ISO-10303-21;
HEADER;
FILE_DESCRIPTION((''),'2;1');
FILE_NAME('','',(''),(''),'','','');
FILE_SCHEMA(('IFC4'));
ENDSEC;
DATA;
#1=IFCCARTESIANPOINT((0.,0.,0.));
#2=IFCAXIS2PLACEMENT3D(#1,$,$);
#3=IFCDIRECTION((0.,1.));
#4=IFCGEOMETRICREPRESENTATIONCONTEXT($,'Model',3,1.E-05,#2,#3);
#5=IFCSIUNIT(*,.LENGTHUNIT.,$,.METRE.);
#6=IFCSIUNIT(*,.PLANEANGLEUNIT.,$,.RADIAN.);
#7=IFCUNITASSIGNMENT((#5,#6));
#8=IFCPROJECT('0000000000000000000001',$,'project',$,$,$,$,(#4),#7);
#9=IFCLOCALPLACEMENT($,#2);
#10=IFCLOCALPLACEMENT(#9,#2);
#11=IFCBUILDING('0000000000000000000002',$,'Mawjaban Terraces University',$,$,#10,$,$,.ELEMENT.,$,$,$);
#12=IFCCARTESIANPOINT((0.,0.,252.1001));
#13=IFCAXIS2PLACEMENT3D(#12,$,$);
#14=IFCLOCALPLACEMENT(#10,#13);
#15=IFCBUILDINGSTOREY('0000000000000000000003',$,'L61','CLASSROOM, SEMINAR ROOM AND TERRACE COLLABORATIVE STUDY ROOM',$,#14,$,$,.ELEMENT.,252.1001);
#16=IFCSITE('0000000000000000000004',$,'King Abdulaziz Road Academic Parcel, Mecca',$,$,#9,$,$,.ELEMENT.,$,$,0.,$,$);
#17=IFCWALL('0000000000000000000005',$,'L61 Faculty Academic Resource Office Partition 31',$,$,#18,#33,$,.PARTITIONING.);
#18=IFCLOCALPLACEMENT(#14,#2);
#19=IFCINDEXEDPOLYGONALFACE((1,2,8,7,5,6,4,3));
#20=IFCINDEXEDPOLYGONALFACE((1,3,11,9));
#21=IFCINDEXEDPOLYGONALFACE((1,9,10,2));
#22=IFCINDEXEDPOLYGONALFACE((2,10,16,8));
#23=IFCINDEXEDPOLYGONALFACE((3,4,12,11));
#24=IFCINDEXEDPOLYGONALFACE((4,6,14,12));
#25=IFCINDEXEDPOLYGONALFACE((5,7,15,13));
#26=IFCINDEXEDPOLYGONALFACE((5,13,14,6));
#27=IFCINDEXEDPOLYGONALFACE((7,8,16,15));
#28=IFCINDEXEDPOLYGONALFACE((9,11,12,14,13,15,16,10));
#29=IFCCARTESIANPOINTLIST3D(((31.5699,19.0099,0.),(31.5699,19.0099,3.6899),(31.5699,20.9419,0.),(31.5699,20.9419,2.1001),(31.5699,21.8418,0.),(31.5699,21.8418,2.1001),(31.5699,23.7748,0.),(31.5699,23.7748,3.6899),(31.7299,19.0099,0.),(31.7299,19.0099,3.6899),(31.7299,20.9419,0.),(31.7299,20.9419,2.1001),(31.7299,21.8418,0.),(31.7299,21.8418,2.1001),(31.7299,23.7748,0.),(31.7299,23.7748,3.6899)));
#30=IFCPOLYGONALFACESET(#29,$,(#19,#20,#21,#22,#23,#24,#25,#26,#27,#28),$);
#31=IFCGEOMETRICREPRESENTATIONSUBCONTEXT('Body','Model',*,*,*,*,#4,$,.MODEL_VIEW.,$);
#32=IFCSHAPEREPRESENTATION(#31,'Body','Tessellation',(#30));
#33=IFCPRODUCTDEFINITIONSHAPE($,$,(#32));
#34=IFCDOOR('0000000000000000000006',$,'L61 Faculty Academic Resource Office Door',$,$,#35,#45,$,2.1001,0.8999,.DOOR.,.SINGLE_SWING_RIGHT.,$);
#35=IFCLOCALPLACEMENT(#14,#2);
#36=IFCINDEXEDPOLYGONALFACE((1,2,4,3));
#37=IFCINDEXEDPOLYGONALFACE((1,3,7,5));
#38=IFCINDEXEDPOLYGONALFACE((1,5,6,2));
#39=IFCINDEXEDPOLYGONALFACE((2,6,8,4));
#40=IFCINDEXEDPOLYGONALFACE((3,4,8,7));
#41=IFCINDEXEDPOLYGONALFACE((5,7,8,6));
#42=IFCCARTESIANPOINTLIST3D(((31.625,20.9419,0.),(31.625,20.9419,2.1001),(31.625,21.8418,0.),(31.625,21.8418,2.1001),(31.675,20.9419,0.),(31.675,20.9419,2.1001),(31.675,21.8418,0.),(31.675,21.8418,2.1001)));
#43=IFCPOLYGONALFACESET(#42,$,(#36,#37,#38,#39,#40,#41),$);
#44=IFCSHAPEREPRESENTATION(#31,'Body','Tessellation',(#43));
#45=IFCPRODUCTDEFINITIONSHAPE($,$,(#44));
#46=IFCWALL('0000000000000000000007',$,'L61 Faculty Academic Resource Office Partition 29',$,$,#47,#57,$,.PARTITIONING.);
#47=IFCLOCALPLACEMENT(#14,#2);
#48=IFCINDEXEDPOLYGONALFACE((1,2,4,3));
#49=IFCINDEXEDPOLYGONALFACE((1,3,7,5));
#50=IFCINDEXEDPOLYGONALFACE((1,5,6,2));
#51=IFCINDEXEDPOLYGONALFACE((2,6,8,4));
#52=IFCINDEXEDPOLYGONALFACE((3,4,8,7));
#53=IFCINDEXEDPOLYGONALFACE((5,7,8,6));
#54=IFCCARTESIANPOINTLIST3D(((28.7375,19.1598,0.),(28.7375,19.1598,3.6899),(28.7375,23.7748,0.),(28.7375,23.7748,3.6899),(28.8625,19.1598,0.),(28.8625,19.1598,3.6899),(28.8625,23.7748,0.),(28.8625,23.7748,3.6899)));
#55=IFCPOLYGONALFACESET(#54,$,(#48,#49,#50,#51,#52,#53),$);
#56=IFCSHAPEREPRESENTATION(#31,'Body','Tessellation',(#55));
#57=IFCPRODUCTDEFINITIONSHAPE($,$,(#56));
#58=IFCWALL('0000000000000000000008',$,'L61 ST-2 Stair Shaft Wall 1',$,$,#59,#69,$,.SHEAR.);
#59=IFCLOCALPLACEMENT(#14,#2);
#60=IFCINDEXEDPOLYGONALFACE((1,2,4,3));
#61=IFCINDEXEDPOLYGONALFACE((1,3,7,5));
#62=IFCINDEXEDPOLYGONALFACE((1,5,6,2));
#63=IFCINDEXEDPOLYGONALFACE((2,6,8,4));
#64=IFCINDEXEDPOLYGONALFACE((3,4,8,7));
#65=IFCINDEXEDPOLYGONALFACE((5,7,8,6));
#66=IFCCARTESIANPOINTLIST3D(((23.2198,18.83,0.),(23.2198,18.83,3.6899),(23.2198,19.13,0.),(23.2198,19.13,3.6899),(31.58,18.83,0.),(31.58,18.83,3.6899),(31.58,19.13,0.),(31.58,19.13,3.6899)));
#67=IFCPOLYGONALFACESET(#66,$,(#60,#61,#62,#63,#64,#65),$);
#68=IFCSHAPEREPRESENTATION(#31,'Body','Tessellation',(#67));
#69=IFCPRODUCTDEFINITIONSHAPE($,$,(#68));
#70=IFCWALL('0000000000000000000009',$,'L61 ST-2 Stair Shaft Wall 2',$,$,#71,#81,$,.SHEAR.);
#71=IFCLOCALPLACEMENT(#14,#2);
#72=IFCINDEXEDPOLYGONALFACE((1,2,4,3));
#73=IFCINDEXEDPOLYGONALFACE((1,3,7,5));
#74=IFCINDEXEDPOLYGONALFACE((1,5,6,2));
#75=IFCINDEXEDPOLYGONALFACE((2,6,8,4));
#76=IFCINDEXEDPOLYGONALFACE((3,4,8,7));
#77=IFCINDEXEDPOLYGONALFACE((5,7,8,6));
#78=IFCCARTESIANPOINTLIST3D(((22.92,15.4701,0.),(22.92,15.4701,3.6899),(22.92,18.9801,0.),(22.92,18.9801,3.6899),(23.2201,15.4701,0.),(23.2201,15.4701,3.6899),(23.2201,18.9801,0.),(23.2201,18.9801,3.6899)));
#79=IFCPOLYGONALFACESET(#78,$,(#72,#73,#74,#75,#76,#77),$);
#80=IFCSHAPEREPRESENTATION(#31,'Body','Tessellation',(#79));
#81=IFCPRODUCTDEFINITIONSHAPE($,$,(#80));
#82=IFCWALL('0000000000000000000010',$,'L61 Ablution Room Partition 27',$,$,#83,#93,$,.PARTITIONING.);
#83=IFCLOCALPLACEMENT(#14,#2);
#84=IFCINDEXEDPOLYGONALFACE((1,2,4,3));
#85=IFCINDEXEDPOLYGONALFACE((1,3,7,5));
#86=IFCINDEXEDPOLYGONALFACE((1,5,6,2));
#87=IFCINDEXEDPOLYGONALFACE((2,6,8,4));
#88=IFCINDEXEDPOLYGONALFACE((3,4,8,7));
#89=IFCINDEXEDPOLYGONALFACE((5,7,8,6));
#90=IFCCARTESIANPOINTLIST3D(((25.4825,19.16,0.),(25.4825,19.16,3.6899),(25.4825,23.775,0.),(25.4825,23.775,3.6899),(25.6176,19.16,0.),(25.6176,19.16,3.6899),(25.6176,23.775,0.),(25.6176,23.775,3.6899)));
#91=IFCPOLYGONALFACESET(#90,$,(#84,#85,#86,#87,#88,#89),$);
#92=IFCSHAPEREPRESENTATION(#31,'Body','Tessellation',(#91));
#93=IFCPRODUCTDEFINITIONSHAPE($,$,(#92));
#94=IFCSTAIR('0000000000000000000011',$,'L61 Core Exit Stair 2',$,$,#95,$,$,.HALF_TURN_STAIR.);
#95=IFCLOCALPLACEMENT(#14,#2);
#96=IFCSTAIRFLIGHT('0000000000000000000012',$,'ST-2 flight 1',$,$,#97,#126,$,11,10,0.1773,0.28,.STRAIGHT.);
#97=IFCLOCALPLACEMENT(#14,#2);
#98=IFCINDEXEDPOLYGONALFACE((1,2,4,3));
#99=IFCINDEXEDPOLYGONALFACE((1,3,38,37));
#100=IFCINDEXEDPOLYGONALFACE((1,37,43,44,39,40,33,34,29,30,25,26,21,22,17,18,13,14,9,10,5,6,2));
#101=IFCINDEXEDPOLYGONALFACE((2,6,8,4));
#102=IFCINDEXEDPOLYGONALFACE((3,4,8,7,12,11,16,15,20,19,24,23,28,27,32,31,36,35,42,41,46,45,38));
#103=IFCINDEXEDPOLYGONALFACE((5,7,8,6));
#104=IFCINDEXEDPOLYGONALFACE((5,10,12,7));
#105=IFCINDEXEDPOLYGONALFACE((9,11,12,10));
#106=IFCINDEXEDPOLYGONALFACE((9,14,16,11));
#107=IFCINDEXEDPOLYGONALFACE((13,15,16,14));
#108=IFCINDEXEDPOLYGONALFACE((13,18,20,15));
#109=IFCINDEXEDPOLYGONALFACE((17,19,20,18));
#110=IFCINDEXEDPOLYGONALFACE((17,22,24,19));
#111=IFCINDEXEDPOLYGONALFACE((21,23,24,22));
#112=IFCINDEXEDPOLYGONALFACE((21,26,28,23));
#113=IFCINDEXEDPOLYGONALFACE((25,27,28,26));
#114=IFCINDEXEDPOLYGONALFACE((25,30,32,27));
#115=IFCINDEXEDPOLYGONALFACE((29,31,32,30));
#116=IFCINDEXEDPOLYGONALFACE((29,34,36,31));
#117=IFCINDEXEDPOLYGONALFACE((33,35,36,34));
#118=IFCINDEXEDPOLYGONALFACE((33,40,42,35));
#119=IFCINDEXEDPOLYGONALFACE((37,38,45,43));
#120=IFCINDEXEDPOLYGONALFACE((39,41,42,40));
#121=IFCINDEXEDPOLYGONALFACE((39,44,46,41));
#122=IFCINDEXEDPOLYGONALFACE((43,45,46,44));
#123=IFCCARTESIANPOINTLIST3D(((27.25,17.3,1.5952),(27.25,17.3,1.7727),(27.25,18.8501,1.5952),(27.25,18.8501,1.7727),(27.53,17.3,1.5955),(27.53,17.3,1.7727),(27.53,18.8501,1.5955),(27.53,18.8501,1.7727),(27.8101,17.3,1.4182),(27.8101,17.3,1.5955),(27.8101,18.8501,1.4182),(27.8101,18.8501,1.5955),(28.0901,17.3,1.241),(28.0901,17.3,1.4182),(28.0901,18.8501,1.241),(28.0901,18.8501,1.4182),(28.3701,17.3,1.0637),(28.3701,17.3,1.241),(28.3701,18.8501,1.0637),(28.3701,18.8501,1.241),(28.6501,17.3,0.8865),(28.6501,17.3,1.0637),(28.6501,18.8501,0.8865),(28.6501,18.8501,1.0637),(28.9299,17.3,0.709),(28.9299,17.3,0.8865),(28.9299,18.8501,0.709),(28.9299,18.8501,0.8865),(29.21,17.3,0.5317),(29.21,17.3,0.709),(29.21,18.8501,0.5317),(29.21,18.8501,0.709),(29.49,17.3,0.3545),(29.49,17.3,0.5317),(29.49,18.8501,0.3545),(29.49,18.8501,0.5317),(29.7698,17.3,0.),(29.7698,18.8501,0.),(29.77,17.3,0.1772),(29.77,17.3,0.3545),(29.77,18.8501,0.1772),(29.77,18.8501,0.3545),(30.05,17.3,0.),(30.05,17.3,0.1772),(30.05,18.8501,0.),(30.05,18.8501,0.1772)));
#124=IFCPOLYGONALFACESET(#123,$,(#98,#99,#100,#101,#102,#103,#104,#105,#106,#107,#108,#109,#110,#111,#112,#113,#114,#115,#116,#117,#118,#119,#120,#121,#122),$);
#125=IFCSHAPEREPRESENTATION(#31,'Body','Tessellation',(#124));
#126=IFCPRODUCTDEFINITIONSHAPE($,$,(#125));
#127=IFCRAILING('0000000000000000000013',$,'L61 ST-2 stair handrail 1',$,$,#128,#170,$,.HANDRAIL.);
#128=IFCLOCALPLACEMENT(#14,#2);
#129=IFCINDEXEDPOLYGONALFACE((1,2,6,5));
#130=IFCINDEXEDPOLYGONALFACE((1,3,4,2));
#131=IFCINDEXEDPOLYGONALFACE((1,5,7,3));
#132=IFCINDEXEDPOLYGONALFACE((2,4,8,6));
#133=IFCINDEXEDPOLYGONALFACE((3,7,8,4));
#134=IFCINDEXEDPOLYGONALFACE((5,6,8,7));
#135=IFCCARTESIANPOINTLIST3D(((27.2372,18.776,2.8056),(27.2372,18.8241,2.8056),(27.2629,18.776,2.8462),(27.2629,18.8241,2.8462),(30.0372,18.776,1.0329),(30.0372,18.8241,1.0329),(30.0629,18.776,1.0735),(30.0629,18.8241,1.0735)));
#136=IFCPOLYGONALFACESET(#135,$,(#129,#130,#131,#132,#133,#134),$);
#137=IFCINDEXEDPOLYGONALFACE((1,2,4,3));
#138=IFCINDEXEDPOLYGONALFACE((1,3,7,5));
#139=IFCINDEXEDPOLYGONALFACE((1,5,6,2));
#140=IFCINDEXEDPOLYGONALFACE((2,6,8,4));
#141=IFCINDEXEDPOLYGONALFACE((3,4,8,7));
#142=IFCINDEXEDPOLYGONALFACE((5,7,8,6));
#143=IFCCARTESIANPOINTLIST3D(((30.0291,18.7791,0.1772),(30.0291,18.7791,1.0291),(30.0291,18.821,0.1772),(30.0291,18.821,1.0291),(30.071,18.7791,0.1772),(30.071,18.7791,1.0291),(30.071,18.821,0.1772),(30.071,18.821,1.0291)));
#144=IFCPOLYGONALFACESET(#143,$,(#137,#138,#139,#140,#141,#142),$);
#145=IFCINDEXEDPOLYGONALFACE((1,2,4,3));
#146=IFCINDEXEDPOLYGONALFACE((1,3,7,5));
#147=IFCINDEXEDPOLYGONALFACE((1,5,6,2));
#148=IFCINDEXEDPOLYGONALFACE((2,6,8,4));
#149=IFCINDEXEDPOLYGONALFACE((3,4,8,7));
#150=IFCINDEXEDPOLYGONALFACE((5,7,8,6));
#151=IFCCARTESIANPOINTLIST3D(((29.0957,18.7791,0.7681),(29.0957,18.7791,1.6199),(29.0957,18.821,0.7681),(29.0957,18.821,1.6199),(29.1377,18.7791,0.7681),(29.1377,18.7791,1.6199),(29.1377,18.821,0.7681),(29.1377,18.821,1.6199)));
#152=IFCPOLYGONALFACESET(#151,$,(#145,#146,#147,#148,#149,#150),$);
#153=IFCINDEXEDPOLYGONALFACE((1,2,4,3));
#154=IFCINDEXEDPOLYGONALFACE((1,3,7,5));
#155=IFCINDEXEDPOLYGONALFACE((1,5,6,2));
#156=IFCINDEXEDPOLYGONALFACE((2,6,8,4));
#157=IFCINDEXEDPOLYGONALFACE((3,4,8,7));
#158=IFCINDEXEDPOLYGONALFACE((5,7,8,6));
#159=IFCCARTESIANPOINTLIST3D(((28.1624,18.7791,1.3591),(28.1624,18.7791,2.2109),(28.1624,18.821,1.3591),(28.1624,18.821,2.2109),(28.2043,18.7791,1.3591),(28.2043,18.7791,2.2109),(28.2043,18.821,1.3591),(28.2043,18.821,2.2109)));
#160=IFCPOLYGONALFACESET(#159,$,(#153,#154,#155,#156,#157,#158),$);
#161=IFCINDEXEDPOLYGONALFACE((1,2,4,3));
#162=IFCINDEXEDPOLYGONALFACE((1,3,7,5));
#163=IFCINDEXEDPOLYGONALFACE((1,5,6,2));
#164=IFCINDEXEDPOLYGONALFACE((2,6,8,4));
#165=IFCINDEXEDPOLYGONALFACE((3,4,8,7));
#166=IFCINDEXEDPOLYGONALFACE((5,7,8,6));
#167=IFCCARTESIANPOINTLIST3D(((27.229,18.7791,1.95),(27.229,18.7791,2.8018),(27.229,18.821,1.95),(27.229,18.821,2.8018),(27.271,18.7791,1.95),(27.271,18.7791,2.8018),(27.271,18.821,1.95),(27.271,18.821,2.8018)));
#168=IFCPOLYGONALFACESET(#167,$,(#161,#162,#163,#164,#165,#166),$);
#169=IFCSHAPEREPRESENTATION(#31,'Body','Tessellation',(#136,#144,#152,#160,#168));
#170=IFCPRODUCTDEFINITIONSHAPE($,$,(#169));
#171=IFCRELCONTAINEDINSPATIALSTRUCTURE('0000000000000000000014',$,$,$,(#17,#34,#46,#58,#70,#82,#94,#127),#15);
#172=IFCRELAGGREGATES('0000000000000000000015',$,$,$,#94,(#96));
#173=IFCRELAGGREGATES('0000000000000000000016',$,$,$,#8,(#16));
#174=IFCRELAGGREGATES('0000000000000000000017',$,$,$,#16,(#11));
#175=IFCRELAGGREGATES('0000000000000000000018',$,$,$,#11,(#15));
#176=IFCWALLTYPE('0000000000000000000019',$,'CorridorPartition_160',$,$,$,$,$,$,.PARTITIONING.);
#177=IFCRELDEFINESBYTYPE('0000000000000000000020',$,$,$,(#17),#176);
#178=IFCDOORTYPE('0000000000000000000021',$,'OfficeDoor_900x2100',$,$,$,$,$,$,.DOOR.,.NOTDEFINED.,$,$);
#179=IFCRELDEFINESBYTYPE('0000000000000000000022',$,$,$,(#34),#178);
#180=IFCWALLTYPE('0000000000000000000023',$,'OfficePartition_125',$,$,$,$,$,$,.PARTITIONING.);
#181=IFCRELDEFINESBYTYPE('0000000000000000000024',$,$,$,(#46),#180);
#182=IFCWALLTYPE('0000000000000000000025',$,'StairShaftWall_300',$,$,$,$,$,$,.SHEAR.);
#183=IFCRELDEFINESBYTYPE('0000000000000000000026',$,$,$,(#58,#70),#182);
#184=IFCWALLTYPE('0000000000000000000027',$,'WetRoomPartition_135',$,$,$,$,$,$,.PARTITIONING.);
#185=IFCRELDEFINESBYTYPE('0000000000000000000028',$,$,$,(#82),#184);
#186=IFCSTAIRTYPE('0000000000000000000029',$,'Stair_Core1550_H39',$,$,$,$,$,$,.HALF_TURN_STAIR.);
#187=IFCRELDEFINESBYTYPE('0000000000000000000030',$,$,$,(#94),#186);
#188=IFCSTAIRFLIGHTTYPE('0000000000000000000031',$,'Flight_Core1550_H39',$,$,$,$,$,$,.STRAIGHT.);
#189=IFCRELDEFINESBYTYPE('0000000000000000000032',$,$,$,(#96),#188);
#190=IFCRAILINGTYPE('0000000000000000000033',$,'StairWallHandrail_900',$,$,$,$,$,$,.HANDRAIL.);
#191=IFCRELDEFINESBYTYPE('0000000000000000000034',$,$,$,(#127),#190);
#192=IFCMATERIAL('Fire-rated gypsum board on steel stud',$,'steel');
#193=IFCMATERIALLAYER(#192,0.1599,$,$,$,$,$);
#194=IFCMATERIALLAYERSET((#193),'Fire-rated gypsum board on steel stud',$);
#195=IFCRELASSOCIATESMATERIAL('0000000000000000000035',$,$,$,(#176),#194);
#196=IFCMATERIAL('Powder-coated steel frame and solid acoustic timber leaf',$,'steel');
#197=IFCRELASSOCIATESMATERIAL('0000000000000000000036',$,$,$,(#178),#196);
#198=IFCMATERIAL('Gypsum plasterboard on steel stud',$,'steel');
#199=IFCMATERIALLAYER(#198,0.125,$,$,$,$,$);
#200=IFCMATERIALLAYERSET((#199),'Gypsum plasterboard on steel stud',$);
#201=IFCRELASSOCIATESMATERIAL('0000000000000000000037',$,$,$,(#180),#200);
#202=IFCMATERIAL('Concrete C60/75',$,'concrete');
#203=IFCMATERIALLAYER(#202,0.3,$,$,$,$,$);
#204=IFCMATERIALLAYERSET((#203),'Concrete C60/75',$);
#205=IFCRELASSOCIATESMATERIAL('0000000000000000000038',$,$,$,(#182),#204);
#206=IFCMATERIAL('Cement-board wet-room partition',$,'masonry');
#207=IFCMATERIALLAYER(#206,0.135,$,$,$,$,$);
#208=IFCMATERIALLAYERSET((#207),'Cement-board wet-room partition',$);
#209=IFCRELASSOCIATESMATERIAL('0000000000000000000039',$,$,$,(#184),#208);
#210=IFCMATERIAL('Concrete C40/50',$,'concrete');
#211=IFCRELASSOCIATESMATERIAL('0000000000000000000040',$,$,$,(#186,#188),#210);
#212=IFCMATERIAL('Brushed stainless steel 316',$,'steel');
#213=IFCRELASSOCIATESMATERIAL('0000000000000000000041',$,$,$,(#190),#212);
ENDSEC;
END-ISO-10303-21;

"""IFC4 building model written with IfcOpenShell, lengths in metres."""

from ifc_helpers import new_model, si_unit, direction, frame, frame_2d, origin, origin_2d, place, context, subcontext, project, spatial, polyline, rectangle, outline, extrude, material, layer, layer_set, type_object, element, fill, aggregate, save


model = new_model("IFC4")

# Units and contexts
model_context = context("Model", 3, precision=1e-05, world=origin(), true_north=direction((0.0, 1.0)))
body_context = subcontext(model_context, "Body", "Model", "MODEL_VIEW")
ifc_project = project(units=[si_unit("LENGTHUNIT", "METRE"), si_unit("PLANEANGLEUNIT", "RADIAN")], contexts=[model_context])

# Site, building, storey
site_placement = place(None, origin())
site = spatial("IfcSite", under=ifc_project, at=site_placement, Name="King Abdulaziz Road Academic Parcel, Mecca", CompositionType="ELEMENT", RefElevation=0.0)
building_placement = place(site_placement, origin())
building = spatial("IfcBuilding", under=site, at=building_placement, Name="Mawjaban Terraces University", CompositionType="ELEMENT")
storey_placement = place(building_placement, frame((0.0, 0.0, 252.1001)))
storey = spatial("IfcBuildingStorey", under=building, at=storey_placement, Name="L61", Description="CLASSROOM, SEMINAR ROOM AND TERRACE COLLABORATIVE STUDY ROOM", CompositionType="ELEMENT", Elevation=252.1001)

# Wall, opening, door
ifc_material_1 = material(Name="Powder-coated steel frame and solid acoustic timber leaf", Category="steel")
ifc_material_2 = material(Name="Fire-rated gypsum board on steel stud", Category="steel")
ifc_layer_1 = layer(ifc_material_2, 0.1599)
ifc_layer_set_1 = layer_set([ifc_layer_1], Name="Fire-rated gypsum board on steel stud")
wall_type_1 = type_object("IfcWallType", Name="CorridorPartition_160", PredefinedType="PARTITIONING", material=ifc_layer_set_1)
wall_1_placement = place(storey_placement, frame((31.6499, 19.01, 0.0), z_axis=(0.0, 0.0, 1.0), x_axis=(0.0, 1.0, 0.0)))
wall_1 = element("IfcWall", 1, at=wall_1_placement, inside=storey, type_object=wall_type_1, Name="L61 Faculty Academic Resource Office Partition 31", PredefinedType="PARTITIONING", context=body_context, shape_type="SweptSolid", body=[
    extrude(rectangle(XDim=4.7649, YDim=0.1599, at=frame_2d((2.3823, 0.0))), origin(), (0.0, 0.0, 1.0), 3.6899),
])
opening_1_placement = place(wall_1_placement, frame((1.9319, 0.0, 0.0)))
opening_1 = element("IfcOpeningElement", 2, at=opening_1_placement, cuts=wall_1, PredefinedType="OPENING", context=body_context, shape_type="SweptSolid", body=[
    extrude(rectangle(XDim=0.8999, YDim=2.1001, at=frame_2d((0.45, 1.05))), frame((0.0, 0.0898, 0.0), z_axis=(0.0, -1.0, 0.0), x_axis=(1.0, 0.0, 0.0)), (0.0, 0.0, 1.0), 0.1799),
])
door_type_1 = type_object("IfcDoorType", Name="OfficeDoor_900x2100", OperationType="NOTDEFINED", PredefinedType="DOOR", material=ifc_material_1)
door_1_placement = place(opening_1_placement, origin())
door_1 = element("IfcDoor", 3, at=door_1_placement, inside=storey, type_object=door_type_1, Name="L61 Faculty Academic Resource Office Door", OperationType="SINGLE_SWING_RIGHT", OverallHeight=2.1001, OverallWidth=0.8999, PredefinedType="DOOR", context=body_context, shape_type="SweptSolid", body=[
    extrude(rectangle(XDim=0.8999, YDim=2.1001, at=frame_2d((0.45, 1.05))), frame((0.0, 0.0249, 0.0), z_axis=(0.0, -1.0, 0.0), x_axis=(1.0, 0.0, 0.0)), (0.0, 0.0, 1.0), 0.05),
])
fill(opening_1, door_1)

# Walls
ifc_material_3 = material(Name="Gypsum plasterboard on steel stud", Category="steel")
ifc_layer_2 = layer(ifc_material_3, 0.125)
ifc_layer_set_2 = layer_set([ifc_layer_2], Name="Gypsum plasterboard on steel stud")
wall_type_2 = type_object("IfcWallType", Name="OfficePartition_125", PredefinedType="PARTITIONING", material=ifc_layer_set_2)
wall_2_placement = place(storey_placement, frame((28.8, 23.7749, 0.0), z_axis=(0.0, 0.0, 1.0), x_axis=(0.0, -1.0, 0.0)))
element("IfcWall", 4, at=wall_2_placement, inside=storey, type_object=wall_type_2, Name="L61 Faculty Academic Resource Office Partition 29", PredefinedType="PARTITIONING", context=body_context, shape_type="SweptSolid", body=[
    extrude(rectangle(XDim=4.615, YDim=0.125, at=frame_2d((2.3076, 0.0))), origin(), (0.0, 0.0, 1.0), 3.6899),
])
ifc_material_4 = material(Name="Concrete C60/75", Category="concrete")
ifc_layer_3 = layer(ifc_material_4, 0.3)
ifc_layer_set_3 = layer_set([ifc_layer_3], Name="Concrete C60/75")
wall_type_3 = type_object("IfcWallType", Name="StairShaftWall_300", PredefinedType="SHEAR", material=ifc_layer_set_3)
wall_3_placement = place(storey_placement, frame((31.5801, 18.98, 0.0), z_axis=(0.0, 0.0, 1.0), x_axis=(-1.0, 0.0, 0.0)))
element("IfcWall", 5, at=wall_3_placement, inside=storey, type_object=wall_type_3, Name="L61 ST-2 Stair Shaft Wall 1", PredefinedType="SHEAR", context=body_context, shape_type="SweptSolid", body=[
    extrude(rectangle(XDim=8.3601, YDim=0.3, at=frame_2d((4.1802, 0.0))), origin(), (0.0, 0.0, 1.0), 3.6899),
])
wall_4_placement = place(storey_placement, frame((23.0701, 18.98, 0.0), z_axis=(0.0, 0.0, 1.0), x_axis=(0.0, -1.0, 0.0)))
element("IfcWall", 6, at=wall_4_placement, inside=storey, type_object=wall_type_3, Name="L61 ST-2 Stair Shaft Wall 2", PredefinedType="SHEAR", context=body_context, shape_type="SweptSolid", body=[
    extrude(rectangle(XDim=3.51, YDim=0.3, at=frame_2d((1.7549, 0.0))), origin(), (0.0, 0.0, 1.0), 3.6899),
])
ifc_material_5 = material(Name="Cement-board wet-room partition", Category="masonry")
ifc_layer_4 = layer(ifc_material_5, 0.135)
ifc_layer_set_4 = layer_set([ifc_layer_4], Name="Cement-board wet-room partition")
wall_type_4 = type_object("IfcWallType", Name="WetRoomPartition_135", PredefinedType="PARTITIONING", material=ifc_layer_set_4)
wall_5_placement = place(storey_placement, frame((25.55, 19.1599, 0.0), z_axis=(0.0, 0.0, 1.0), x_axis=(0.0, 1.0, 0.0)))
element("IfcWall", 7, at=wall_5_placement, inside=storey, type_object=wall_type_4, Name="L61 Ablution Room Partition 27", PredefinedType="PARTITIONING", context=body_context, shape_type="SweptSolid", body=[
    extrude(rectangle(XDim=4.615, YDim=0.135, at=frame_2d((2.3076, 0.0))), origin(), (0.0, 0.0, 1.0), 3.6899),
])

# Stair, stair flight
ifc_material_6 = material(Name="Concrete C40/50", Category="concrete")
stair_type = type_object("IfcStairType", Name="Stair_Core1550_H39", PredefinedType="HALF_TURN_STAIR", material=ifc_material_6)
stair_placement = place(storey_placement, origin())
stair = element("IfcStair", 8, at=stair_placement, inside=storey, type_object=stair_type, Name="L61 Core Exit Stair 2", PredefinedType="HALF_TURN_STAIR")
stair_flight_type = type_object("IfcStairFlightType", Name="Flight_Core1550_H39", PredefinedType="STRAIGHT", material=ifc_material_6)
stair_flight_placement = place(storey_placement, frame((30.05, 18.075, 0.0), z_axis=(0.0, 0.0, 1.0), x_axis=(-1.0, 0.0, 0.0)))
stair_flight = element("IfcStairFlight", 9, at=stair_flight_placement, type_object=stair_flight_type, Name="ST-2 flight 1", NumberOfRisers=11, NumberOfTreads=10, PredefinedType="STRAIGHT", RiserHeight=0.1773, TreadLength=0.28, context=body_context, shape_type="SweptSolid", body=[
    extrude(outline(polyline([(0.0, 0.0), (0.0, 0.1772), (0.28, 0.1772), (0.28, 0.3545), (0.5601, 0.3545), (0.5601, 0.5317), (0.8401, 0.5317), (0.8401, 0.709), (1.1201, 0.709), (1.1201, 0.8865), (1.3999, 0.8865), (1.3999, 1.0637), (1.6799, 1.0637), (1.6799, 1.241), (1.96, 1.241), (1.96, 1.4182), (2.24, 1.4182), (2.24, 1.5955), (2.52, 1.5955), (2.52, 1.7727), (2.8, 1.7727), (2.8, 1.95), (2.8, 1.5952), (0.2803, 0.0), (0.0, 0.0)])), frame((0.0, 0.7749, 0.0), z_axis=(0.0, -1.0, 0.0), x_axis=(1.0, 0.0, 0.0)), (0.0, 0.0, 1.0), 1.55),
])
aggregate(stair, [stair_flight])

# Railing
ifc_material_7 = material(Name="Brushed stainless steel 316", Category="steel")
railing_type_1 = type_object("IfcRailingType", Name="StairWallHandrail_900", PredefinedType="HANDRAIL", material=ifc_material_7)
railing_1_placement = place(storey_placement, frame((30.05, 18.8, 0.1772)))
element("IfcRailing", 10, at=railing_1_placement, inside=storey, type_object=railing_type_1, Name="L61 ST-2 stair handrail 1", PredefinedType="HANDRAIL", context=body_context, shape_type="SweptSolid", body=[
    extrude(rectangle(XDim=0.0481, YDim=0.0481, at=origin_2d()), frame((0.0, 0.0, 0.876), z_axis=(-0.844909, 0.0, 0.53491), x_axis=(0.0, -1.0, 0.0)), (0.0, 0.0, 1.0), 3.314),
    extrude(rectangle(XDim=0.042, YDim=0.042, at=origin_2d()), origin(), (0.0, 0.0, 1.0), 0.8518),
    extrude(rectangle(XDim=0.042, YDim=0.042, at=origin_2d()), frame((-0.9333, 0.0, 0.5908)), (0.0, 0.0, 1.0), 0.8518),
    extrude(rectangle(XDim=0.042, YDim=0.042, at=origin_2d()), frame((-1.8667, 0.0, 1.1819)), (0.0, 0.0, 1.0), 0.8518),
    extrude(rectangle(XDim=0.042, YDim=0.042, at=origin_2d()), frame((-2.8, 0.0, 1.7727)), (0.0, 0.0, 1.0), 0.8518),
])

save(model, "model.ifc")
